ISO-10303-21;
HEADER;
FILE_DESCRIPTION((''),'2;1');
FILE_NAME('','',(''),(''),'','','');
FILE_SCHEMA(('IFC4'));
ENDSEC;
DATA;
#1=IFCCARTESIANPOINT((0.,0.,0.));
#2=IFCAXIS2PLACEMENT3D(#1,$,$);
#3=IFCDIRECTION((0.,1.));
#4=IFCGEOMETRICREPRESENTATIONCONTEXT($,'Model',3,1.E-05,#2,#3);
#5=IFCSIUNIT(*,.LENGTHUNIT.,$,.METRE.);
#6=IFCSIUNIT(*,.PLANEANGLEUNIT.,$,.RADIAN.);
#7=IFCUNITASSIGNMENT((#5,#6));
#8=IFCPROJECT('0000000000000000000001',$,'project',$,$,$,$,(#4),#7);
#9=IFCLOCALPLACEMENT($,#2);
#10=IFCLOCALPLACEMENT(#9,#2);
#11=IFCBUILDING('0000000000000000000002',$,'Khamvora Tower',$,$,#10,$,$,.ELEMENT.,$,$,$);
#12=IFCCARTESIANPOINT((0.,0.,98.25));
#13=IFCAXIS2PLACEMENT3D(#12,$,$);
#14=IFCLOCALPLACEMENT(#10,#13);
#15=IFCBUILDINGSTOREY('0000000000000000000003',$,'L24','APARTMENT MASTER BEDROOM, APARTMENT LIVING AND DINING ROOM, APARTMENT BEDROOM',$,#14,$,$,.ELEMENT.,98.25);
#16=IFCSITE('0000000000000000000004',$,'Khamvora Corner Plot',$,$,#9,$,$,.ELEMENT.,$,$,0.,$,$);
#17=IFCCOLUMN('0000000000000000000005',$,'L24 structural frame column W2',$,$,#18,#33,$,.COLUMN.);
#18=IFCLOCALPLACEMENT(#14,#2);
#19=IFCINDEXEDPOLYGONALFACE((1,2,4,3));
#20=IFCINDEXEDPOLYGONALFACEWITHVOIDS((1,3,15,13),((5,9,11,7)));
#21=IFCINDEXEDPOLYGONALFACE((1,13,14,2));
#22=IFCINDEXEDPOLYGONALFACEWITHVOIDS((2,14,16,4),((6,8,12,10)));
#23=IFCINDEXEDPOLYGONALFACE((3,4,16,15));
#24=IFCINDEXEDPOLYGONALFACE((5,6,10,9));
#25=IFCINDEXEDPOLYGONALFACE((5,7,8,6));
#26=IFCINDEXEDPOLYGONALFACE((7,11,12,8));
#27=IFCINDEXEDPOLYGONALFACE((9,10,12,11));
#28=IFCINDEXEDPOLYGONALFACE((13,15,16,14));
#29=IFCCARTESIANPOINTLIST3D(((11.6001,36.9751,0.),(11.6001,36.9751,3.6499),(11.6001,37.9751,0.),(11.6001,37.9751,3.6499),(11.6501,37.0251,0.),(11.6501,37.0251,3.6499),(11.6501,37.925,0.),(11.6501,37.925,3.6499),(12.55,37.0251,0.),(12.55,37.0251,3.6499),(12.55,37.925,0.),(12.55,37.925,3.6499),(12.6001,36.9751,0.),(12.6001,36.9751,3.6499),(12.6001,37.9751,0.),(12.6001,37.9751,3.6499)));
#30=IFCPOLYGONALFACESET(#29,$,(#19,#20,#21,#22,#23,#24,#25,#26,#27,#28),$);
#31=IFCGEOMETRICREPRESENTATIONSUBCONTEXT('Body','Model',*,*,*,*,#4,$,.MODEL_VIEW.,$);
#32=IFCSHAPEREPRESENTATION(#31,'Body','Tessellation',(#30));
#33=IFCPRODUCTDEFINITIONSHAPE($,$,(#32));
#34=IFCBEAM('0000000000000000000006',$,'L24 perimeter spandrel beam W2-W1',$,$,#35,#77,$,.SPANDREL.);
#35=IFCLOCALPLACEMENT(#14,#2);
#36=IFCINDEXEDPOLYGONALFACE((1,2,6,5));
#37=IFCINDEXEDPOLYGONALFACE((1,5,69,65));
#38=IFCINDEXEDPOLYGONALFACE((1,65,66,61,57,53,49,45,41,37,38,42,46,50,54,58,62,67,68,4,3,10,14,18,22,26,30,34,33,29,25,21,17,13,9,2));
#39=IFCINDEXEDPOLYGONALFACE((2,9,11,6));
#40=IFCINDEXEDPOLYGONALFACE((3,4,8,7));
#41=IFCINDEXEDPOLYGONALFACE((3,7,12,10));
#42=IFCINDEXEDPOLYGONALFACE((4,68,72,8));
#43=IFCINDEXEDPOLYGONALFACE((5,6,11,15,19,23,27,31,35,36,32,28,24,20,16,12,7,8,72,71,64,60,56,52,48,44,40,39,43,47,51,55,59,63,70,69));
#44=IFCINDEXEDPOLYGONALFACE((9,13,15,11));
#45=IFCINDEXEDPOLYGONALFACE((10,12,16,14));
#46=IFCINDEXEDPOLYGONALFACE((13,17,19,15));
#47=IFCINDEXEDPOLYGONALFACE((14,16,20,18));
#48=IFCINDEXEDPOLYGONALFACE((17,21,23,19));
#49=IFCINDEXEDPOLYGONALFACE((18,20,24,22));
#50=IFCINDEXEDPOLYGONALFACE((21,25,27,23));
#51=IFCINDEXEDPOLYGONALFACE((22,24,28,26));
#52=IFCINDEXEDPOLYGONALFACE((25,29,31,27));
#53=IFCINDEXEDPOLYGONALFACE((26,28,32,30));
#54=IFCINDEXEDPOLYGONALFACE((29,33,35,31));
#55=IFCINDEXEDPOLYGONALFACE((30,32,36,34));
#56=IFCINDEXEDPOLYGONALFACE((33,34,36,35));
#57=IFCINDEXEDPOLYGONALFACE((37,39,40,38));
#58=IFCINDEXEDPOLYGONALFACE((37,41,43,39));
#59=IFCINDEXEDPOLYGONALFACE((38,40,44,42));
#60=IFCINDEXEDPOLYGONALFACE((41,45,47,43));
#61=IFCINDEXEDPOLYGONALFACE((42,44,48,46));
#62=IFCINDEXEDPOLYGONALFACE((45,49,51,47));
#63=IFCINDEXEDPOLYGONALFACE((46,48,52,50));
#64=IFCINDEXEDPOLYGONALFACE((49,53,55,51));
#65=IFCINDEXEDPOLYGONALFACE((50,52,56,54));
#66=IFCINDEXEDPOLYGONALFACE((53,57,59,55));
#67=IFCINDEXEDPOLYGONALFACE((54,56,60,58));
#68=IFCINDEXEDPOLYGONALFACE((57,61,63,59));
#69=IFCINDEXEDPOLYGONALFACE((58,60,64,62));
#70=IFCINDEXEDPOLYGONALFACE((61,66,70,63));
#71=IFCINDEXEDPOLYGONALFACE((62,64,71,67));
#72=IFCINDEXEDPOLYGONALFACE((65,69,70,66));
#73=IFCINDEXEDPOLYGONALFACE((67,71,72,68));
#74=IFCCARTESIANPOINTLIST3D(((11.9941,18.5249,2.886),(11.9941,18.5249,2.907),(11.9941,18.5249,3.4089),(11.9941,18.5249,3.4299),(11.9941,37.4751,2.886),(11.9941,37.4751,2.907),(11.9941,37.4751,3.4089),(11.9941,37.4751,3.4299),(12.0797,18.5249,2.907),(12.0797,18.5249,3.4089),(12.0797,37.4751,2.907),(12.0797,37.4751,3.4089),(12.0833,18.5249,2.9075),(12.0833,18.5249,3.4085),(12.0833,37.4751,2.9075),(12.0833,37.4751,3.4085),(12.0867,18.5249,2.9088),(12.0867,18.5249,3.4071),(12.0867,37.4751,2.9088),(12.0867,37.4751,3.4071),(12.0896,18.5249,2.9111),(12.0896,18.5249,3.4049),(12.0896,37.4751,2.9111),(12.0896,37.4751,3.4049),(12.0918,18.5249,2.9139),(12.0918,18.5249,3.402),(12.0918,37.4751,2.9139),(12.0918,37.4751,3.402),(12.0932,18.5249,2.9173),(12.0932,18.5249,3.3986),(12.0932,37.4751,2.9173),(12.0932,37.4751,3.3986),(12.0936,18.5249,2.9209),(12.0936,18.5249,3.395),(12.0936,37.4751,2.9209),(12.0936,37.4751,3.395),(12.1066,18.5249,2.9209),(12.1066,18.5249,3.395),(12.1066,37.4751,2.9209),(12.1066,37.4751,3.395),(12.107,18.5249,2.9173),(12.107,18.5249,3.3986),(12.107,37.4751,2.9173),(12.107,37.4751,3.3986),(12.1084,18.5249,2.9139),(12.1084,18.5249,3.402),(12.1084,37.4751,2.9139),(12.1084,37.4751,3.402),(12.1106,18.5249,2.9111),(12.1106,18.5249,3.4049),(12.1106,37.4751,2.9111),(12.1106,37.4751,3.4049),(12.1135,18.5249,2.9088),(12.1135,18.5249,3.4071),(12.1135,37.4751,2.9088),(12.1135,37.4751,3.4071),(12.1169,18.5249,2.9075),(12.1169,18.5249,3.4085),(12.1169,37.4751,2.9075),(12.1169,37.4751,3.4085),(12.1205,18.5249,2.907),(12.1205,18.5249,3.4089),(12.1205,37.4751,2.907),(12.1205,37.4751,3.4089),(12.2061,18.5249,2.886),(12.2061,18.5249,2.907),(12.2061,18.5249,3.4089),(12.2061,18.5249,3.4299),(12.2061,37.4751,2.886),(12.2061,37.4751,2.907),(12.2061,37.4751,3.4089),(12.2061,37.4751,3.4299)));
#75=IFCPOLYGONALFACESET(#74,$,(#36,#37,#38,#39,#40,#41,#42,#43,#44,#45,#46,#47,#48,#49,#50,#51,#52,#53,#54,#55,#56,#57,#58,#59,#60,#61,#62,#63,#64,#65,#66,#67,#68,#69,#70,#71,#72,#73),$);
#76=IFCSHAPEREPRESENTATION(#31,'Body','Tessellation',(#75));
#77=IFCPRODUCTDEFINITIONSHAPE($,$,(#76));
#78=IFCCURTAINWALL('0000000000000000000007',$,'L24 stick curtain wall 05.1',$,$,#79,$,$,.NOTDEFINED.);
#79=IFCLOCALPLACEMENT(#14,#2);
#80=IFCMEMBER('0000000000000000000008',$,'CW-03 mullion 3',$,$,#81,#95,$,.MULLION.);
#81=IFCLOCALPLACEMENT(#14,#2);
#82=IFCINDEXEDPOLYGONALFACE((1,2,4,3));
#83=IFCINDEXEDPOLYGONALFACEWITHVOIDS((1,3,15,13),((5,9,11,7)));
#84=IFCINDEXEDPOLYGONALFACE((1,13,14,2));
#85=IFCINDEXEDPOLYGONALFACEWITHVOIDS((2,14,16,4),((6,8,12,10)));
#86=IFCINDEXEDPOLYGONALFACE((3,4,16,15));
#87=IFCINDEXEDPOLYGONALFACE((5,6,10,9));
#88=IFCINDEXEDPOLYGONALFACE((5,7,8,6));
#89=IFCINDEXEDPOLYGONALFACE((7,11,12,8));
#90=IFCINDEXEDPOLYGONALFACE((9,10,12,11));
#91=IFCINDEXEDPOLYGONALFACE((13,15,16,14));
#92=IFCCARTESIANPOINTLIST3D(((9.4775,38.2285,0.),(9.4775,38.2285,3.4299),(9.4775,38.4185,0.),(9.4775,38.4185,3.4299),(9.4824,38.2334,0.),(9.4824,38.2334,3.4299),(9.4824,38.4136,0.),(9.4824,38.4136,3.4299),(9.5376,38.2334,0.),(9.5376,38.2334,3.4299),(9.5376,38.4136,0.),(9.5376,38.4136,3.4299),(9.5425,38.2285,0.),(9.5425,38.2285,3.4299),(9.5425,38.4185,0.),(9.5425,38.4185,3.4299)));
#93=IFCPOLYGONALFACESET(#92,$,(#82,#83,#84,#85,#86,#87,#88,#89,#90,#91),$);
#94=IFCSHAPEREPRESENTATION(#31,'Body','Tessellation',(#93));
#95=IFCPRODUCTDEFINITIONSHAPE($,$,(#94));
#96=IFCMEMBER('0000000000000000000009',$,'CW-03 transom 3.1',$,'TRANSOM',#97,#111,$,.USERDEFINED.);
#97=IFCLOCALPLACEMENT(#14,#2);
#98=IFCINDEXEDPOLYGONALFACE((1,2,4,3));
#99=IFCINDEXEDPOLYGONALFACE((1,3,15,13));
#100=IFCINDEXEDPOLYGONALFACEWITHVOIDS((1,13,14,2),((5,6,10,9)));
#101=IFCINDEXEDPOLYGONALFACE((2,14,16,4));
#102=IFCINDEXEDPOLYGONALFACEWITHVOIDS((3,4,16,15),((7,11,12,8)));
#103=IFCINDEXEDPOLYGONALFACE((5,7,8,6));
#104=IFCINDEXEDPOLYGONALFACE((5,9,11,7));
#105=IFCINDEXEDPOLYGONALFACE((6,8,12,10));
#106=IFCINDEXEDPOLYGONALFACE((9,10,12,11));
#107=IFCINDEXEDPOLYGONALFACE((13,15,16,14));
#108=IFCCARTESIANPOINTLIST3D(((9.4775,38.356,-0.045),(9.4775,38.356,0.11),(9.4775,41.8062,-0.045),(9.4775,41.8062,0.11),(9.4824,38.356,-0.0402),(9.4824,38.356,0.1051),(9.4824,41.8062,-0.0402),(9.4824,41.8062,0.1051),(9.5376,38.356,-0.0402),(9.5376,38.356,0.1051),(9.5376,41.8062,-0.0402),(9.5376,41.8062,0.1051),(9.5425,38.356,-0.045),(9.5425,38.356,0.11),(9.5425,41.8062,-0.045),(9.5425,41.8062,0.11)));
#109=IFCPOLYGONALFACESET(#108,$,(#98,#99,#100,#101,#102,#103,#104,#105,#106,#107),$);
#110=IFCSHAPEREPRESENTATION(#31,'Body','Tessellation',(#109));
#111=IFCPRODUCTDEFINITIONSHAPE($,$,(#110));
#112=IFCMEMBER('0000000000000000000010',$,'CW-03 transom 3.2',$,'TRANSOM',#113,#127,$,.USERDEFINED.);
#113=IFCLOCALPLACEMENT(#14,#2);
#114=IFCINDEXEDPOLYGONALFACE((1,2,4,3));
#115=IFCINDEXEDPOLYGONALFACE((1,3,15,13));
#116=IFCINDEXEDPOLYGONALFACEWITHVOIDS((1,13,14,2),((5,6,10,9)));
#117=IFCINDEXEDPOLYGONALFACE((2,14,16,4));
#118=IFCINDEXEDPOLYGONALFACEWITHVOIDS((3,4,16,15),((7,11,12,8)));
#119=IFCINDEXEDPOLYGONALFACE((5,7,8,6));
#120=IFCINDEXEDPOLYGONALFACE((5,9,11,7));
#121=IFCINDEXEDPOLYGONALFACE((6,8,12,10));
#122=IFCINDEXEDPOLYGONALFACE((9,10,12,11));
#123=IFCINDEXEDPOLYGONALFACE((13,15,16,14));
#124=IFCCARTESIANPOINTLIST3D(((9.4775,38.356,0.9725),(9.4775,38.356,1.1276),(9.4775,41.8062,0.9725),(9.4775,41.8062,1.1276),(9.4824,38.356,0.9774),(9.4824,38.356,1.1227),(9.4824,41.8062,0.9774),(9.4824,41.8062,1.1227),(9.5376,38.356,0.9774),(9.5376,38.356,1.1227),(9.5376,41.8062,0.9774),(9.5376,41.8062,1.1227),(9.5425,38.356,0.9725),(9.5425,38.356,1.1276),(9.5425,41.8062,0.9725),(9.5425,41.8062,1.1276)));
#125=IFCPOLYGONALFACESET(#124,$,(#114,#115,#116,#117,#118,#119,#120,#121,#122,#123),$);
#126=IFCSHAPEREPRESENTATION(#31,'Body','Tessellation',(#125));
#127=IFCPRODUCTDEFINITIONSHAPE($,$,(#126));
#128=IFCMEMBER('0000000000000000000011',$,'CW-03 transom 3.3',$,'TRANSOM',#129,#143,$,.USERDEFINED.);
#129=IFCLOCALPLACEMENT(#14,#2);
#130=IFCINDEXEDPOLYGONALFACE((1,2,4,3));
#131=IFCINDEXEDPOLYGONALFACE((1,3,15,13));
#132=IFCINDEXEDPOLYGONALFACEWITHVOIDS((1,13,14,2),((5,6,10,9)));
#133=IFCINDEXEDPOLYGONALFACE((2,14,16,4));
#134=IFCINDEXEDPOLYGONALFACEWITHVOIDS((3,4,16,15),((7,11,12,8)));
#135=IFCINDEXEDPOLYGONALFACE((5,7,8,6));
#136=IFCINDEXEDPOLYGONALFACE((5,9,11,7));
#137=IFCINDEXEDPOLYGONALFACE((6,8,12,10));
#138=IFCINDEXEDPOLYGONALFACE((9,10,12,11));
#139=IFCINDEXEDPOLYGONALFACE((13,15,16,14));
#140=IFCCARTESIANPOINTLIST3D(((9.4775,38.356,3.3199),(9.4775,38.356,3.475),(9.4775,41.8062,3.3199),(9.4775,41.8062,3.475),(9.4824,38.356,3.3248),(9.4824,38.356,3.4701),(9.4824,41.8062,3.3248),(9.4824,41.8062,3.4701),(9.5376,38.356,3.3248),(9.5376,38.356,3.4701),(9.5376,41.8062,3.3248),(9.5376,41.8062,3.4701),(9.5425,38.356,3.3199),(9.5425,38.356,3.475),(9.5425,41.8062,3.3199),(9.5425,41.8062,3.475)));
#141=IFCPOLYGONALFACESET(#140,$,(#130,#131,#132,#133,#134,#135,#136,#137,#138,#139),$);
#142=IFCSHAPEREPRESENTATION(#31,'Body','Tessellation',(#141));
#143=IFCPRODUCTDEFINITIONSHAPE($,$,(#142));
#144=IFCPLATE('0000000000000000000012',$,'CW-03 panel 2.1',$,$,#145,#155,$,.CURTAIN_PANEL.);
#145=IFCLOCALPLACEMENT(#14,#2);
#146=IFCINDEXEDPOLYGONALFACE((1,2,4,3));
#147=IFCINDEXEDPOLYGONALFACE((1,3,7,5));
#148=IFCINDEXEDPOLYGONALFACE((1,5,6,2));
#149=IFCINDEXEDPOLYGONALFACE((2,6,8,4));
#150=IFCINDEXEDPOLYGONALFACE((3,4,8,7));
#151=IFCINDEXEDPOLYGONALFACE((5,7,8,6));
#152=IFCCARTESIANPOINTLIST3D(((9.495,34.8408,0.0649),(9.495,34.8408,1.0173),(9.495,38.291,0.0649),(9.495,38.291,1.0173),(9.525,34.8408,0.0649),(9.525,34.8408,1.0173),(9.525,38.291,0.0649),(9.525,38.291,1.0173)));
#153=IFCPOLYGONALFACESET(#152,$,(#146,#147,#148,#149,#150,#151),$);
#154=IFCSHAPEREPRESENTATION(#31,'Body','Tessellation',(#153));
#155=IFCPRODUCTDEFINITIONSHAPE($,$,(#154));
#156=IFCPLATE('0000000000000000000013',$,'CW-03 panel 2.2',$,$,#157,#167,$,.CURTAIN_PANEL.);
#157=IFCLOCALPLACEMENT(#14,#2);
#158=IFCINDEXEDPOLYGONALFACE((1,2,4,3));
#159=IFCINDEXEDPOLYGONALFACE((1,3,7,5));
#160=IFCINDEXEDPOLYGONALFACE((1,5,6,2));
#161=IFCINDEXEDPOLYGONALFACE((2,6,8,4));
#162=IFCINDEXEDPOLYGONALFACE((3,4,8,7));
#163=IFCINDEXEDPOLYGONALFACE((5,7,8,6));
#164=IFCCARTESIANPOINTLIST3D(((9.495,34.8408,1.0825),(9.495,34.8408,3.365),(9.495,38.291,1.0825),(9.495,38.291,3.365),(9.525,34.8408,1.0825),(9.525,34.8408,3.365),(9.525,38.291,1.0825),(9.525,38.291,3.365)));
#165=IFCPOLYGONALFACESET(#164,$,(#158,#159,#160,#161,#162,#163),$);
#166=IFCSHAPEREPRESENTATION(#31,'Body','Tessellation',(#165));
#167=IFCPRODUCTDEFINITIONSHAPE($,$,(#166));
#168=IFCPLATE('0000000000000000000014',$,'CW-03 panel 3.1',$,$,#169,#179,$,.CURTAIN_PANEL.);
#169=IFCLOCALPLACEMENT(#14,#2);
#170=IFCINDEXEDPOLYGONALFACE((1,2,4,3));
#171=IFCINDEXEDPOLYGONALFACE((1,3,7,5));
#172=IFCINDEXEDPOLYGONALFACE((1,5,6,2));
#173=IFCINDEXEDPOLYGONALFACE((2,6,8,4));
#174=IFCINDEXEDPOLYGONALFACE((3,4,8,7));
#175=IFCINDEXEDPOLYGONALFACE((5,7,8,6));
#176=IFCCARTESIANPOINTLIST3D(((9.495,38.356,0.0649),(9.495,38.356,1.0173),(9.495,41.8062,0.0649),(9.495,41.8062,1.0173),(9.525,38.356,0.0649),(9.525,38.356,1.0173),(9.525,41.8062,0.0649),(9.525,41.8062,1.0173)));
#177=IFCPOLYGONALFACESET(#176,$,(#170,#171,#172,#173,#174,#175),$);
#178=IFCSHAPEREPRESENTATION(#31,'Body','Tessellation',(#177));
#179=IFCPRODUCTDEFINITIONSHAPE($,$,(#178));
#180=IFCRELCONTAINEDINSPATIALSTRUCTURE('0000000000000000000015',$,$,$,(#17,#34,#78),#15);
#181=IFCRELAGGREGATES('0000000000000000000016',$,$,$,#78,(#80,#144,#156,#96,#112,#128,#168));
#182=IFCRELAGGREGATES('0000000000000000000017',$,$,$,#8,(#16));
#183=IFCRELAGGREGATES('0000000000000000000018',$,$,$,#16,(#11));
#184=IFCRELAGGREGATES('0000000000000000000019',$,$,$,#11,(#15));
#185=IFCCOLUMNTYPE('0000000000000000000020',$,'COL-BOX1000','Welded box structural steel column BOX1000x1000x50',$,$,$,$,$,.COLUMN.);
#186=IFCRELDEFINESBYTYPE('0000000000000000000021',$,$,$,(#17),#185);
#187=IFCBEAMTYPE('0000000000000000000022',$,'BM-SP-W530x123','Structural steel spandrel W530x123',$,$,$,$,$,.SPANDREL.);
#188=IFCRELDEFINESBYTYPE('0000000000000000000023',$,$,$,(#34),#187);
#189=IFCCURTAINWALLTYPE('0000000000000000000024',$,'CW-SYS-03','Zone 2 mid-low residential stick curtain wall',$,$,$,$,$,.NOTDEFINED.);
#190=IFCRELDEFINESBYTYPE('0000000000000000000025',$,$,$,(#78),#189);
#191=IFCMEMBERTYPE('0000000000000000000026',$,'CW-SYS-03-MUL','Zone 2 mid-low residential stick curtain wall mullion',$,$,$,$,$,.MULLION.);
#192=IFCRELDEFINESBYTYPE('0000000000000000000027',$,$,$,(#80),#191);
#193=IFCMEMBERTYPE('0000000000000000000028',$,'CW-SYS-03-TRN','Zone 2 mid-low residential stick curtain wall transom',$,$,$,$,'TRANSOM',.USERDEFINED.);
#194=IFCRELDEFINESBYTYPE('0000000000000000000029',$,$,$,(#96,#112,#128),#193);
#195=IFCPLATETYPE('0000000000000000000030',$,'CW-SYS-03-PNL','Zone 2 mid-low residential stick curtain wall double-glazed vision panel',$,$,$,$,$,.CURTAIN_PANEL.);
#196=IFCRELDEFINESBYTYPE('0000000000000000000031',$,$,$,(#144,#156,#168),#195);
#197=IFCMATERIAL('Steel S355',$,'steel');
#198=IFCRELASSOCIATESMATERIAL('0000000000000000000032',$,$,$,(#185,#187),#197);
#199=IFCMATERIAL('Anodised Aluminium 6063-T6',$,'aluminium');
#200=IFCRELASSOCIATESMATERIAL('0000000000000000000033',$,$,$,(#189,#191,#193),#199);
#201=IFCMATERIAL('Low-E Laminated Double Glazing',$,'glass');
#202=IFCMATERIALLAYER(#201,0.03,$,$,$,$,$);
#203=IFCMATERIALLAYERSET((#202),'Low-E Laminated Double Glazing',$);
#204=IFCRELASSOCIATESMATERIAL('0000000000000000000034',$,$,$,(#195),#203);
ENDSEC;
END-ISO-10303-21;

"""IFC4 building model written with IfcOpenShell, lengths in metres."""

from ifc_helpers import new_model, si_unit, direction, frame, origin, origin_2d, place, context, subcontext, project, spatial, rectangle, hollow_rectangle, i_section, extrude, material, layer, layer_set, material_profile, profile_set, type_object, element, aggregate, save


model = new_model("IFC4")

# Units and contexts
model_context = context("Model", 3, precision=1e-05, world=origin(), true_north=direction((0.0, 1.0)))
body_context = subcontext(model_context, "Body", "Model", "MODEL_VIEW")
ifc_project = project(units=[si_unit("LENGTHUNIT", "METRE"), si_unit("PLANEANGLEUNIT", "RADIAN")], contexts=[model_context])

# Site, building, storey
site_placement = place(None, origin())
site = spatial("IfcSite", under=ifc_project, at=site_placement, Name="Khamvora Corner Plot", CompositionType="ELEMENT", RefElevation=0.0)
building_placement = place(site_placement, origin())
building = spatial("IfcBuilding", under=site, at=building_placement, Name="Khamvora Tower", CompositionType="ELEMENT")
storey_placement = place(building_placement, frame((0.0, 0.0, 98.25)))
storey = spatial("IfcBuildingStorey", under=building, at=storey_placement, Name="L24", Description="APARTMENT MASTER BEDROOM, APARTMENT LIVING AND DINING ROOM, APARTMENT BEDROOM", CompositionType="ELEMENT", Elevation=98.25)

# Column
ifc_material_1 = material(Name="Steel S355", Category="steel")
ifc_material_profile_1 = material_profile(ifc_material_1, hollow_rectangle(XDim=1.0, YDim=1.0, WallThickness=0.05, at=origin_2d()), Name="BOX1000x1000x50")
ifc_profile_set_1 = profile_set([ifc_material_profile_1], Name="Steel S355")
column_type = type_object("IfcColumnType", Name="COL-BOX1000", Description="Welded box structural steel column BOX1000x1000x50", PredefinedType="COLUMN", material=ifc_profile_set_1)
column_placement = place(storey_placement, frame((12.1001, 37.4751, 0.0), z_axis=(0.0, 0.0, 1.0), x_axis=(1.0, 0.0, 0.0)))
element("IfcColumn", 1, at=column_placement, inside=storey, type_object=column_type, Name="L24 structural frame column W2", PredefinedType="COLUMN", context=body_context, shape_type="SweptSolid", body=[
    extrude(hollow_rectangle(XDim=1.0, YDim=1.0, WallThickness=0.05, at=origin_2d()), origin(), (0.0, 0.0, 1.0), 3.6499),
])

# Beam
ifc_material_profile_2 = material_profile(ifc_material_1, i_section(OverallWidth=0.2119, OverallDepth=0.5439, WebThickness=0.0129, FlangeThickness=0.021, FilletRadius=0.0139, at=origin_2d()), Name="W530x123")
ifc_profile_set_2 = profile_set([ifc_material_profile_2], Name="Steel S355")
beam_type = type_object("IfcBeamType", Name="BM-SP-W530x123", Description="Structural steel spandrel W530x123", PredefinedType="SPANDREL", material=ifc_profile_set_2)
beam_placement = place(storey_placement, frame((12.1001, 37.4751, 3.158), z_axis=(0.0, -1.0, 0.0), x_axis=(1.0, 0.0, 0.0)))
element("IfcBeam", 2, at=beam_placement, inside=storey, type_object=beam_type, Name="L24 perimeter spandrel beam W2-W1", PredefinedType="SPANDREL", context=body_context, shape_type="SweptSolid", body=[
    extrude(i_section(OverallWidth=0.2119, OverallDepth=0.5439, WebThickness=0.0129, FlangeThickness=0.021, FilletRadius=0.0139, at=origin_2d()), origin(), (0.0, 0.0, 1.0), 18.9502),
])

# Curtain wall, members, plates
ifc_material_2 = material(Name="Anodised Aluminium 6063-T6", Category="aluminium")
curtain_wall_type = type_object("IfcCurtainWallType", Name="CW-SYS-03", Description="Zone 2 mid-low residential stick curtain wall", PredefinedType="NOTDEFINED", material=ifc_material_2)
curtain_wall_placement = place(storey_placement, origin())
curtain_wall = element("IfcCurtainWall", 3, at=curtain_wall_placement, inside=storey, type_object=curtain_wall_type, Name="L24 stick curtain wall 05.1", PredefinedType="NOTDEFINED")
ifc_material_profile_3 = material_profile(ifc_material_2, hollow_rectangle(XDim=0.0649, YDim=0.1899, WallThickness=0.0049, at=origin_2d()), Name="MUL65x190x5")
ifc_profile_set_3 = profile_set([ifc_material_profile_3], Name="Anodised Aluminium 6063-T6")
member_type_1 = type_object("IfcMemberType", Name="CW-SYS-03-MUL", Description="Zone 2 mid-low residential stick curtain wall mullion", PredefinedType="MULLION", material=ifc_profile_set_3)
member_1_placement = place(storey_placement, frame((9.51, 38.3235, 0.0), z_axis=(0.0, 0.0, 1.0), x_axis=(-1.0, 0.0, 0.0)))
member_1 = element("IfcMember", 4, at=member_1_placement, type_object=member_type_1, Name="CW-03 mullion 3", PredefinedType="MULLION", context=body_context, shape_type="SweptSolid", body=[
    extrude(hollow_rectangle(XDim=0.0649, YDim=0.1899, WallThickness=0.0049, at=origin_2d()), origin(), (0.0, 0.0, 1.0), 3.4299),
])
ifc_material_profile_4 = material_profile(ifc_material_2, hollow_rectangle(XDim=0.0649, YDim=0.155, WallThickness=0.0049, at=origin_2d()), Name="TRN65x155x5")
ifc_profile_set_4 = profile_set([ifc_material_profile_4], Name="Anodised Aluminium 6063-T6")
member_type_2 = type_object("IfcMemberType", Name="CW-SYS-03-TRN", Description="Zone 2 mid-low residential stick curtain wall transom", ElementType="TRANSOM", PredefinedType="USERDEFINED", material=ifc_profile_set_4)
member_2_placement = place(storey_placement, frame((9.51, 38.356, 0.0325), z_axis=(0.0, 1.0, 0.0), x_axis=(-1.0, 0.0, 0.0)))
member_2 = element("IfcMember", 5, at=member_2_placement, type_object=member_type_2, Name="CW-03 transom 3.1", ObjectType="TRANSOM", PredefinedType="USERDEFINED", context=body_context, shape_type="SweptSolid", body=[
    extrude(hollow_rectangle(XDim=0.0649, YDim=0.155, WallThickness=0.0049, at=origin_2d()), origin(), (0.0, 0.0, 1.0), 3.4502),
])
member_3_placement = place(storey_placement, frame((9.51, 38.356, 1.05), z_axis=(0.0, 1.0, 0.0), x_axis=(-1.0, 0.0, 0.0)))
member_3 = element("IfcMember", 6, at=member_3_placement, type_object=member_type_2, Name="CW-03 transom 3.2", ObjectType="TRANSOM", PredefinedType="USERDEFINED", context=body_context, shape_type="SweptSolid", body=[
    extrude(hollow_rectangle(XDim=0.0649, YDim=0.155, WallThickness=0.0049, at=origin_2d()), origin(), (0.0, 0.0, 1.0), 3.4502),
])
member_4_placement = place(storey_placement, frame((9.51, 38.356, 3.3975), z_axis=(0.0, 1.0, 0.0), x_axis=(-1.0, 0.0, 0.0)))
member_4 = element("IfcMember", 7, at=member_4_placement, type_object=member_type_2, Name="CW-03 transom 3.3", ObjectType="TRANSOM", PredefinedType="USERDEFINED", context=body_context, shape_type="SweptSolid", body=[
    extrude(hollow_rectangle(XDim=0.0649, YDim=0.155, WallThickness=0.0049, at=origin_2d()), origin(), (0.0, 0.0, 1.0), 3.4502),
])
ifc_material_3 = material(Name="Low-E Laminated Double Glazing", Category="glass")
ifc_layer_1 = layer(ifc_material_3, 0.03)
ifc_layer_set_1 = layer_set([ifc_layer_1], Name="Low-E Laminated Double Glazing")
plate_type = type_object("IfcPlateType", Name="CW-SYS-03-PNL", Description="Zone 2 mid-low residential stick curtain wall double-glazed vision panel", PredefinedType="CURTAIN_PANEL", material=ifc_layer_set_1)
plate_1_placement = place(storey_placement, frame((9.51, 36.5659, 0.0649), z_axis=(0.0, 0.0, 1.0), x_axis=(0.0, 1.0, 0.0)))
plate_1 = element("IfcPlate", 8, at=plate_1_placement, type_object=plate_type, Name="CW-03 panel 2.1", PredefinedType="CURTAIN_PANEL", context=body_context, shape_type="SweptSolid", body=[
    extrude(rectangle(XDim=3.4502, YDim=0.03, at=origin_2d()), origin(), (0.0, 0.0, 1.0), 0.9524),
])
plate_2_placement = place(storey_placement, frame((9.51, 36.5659, 1.0825), z_axis=(0.0, 0.0, 1.0), x_axis=(0.0, 1.0, 0.0)))
plate_2 = element("IfcPlate", 9, at=plate_2_placement, type_object=plate_type, Name="CW-03 panel 2.2", PredefinedType="CURTAIN_PANEL", context=body_context, shape_type="SweptSolid", body=[
    extrude(rectangle(XDim=3.4502, YDim=0.03, at=origin_2d()), origin(), (0.0, 0.0, 1.0), 2.2825),
])
plate_3_placement = place(storey_placement, frame((9.51, 40.0811, 0.0649), z_axis=(0.0, 0.0, 1.0), x_axis=(0.0, 1.0, 0.0)))
plate_3 = element("IfcPlate", 10, at=plate_3_placement, type_object=plate_type, Name="CW-03 panel 3.1", PredefinedType="CURTAIN_PANEL", context=body_context, shape_type="SweptSolid", body=[
    extrude(rectangle(XDim=3.4502, YDim=0.03, at=origin_2d()), origin(), (0.0, 0.0, 1.0), 0.9524),
])
aggregate(curtain_wall, [member_1, plate_1, plate_2, member_2, member_3, member_4, plate_3])

save(model, "model.ifc")
